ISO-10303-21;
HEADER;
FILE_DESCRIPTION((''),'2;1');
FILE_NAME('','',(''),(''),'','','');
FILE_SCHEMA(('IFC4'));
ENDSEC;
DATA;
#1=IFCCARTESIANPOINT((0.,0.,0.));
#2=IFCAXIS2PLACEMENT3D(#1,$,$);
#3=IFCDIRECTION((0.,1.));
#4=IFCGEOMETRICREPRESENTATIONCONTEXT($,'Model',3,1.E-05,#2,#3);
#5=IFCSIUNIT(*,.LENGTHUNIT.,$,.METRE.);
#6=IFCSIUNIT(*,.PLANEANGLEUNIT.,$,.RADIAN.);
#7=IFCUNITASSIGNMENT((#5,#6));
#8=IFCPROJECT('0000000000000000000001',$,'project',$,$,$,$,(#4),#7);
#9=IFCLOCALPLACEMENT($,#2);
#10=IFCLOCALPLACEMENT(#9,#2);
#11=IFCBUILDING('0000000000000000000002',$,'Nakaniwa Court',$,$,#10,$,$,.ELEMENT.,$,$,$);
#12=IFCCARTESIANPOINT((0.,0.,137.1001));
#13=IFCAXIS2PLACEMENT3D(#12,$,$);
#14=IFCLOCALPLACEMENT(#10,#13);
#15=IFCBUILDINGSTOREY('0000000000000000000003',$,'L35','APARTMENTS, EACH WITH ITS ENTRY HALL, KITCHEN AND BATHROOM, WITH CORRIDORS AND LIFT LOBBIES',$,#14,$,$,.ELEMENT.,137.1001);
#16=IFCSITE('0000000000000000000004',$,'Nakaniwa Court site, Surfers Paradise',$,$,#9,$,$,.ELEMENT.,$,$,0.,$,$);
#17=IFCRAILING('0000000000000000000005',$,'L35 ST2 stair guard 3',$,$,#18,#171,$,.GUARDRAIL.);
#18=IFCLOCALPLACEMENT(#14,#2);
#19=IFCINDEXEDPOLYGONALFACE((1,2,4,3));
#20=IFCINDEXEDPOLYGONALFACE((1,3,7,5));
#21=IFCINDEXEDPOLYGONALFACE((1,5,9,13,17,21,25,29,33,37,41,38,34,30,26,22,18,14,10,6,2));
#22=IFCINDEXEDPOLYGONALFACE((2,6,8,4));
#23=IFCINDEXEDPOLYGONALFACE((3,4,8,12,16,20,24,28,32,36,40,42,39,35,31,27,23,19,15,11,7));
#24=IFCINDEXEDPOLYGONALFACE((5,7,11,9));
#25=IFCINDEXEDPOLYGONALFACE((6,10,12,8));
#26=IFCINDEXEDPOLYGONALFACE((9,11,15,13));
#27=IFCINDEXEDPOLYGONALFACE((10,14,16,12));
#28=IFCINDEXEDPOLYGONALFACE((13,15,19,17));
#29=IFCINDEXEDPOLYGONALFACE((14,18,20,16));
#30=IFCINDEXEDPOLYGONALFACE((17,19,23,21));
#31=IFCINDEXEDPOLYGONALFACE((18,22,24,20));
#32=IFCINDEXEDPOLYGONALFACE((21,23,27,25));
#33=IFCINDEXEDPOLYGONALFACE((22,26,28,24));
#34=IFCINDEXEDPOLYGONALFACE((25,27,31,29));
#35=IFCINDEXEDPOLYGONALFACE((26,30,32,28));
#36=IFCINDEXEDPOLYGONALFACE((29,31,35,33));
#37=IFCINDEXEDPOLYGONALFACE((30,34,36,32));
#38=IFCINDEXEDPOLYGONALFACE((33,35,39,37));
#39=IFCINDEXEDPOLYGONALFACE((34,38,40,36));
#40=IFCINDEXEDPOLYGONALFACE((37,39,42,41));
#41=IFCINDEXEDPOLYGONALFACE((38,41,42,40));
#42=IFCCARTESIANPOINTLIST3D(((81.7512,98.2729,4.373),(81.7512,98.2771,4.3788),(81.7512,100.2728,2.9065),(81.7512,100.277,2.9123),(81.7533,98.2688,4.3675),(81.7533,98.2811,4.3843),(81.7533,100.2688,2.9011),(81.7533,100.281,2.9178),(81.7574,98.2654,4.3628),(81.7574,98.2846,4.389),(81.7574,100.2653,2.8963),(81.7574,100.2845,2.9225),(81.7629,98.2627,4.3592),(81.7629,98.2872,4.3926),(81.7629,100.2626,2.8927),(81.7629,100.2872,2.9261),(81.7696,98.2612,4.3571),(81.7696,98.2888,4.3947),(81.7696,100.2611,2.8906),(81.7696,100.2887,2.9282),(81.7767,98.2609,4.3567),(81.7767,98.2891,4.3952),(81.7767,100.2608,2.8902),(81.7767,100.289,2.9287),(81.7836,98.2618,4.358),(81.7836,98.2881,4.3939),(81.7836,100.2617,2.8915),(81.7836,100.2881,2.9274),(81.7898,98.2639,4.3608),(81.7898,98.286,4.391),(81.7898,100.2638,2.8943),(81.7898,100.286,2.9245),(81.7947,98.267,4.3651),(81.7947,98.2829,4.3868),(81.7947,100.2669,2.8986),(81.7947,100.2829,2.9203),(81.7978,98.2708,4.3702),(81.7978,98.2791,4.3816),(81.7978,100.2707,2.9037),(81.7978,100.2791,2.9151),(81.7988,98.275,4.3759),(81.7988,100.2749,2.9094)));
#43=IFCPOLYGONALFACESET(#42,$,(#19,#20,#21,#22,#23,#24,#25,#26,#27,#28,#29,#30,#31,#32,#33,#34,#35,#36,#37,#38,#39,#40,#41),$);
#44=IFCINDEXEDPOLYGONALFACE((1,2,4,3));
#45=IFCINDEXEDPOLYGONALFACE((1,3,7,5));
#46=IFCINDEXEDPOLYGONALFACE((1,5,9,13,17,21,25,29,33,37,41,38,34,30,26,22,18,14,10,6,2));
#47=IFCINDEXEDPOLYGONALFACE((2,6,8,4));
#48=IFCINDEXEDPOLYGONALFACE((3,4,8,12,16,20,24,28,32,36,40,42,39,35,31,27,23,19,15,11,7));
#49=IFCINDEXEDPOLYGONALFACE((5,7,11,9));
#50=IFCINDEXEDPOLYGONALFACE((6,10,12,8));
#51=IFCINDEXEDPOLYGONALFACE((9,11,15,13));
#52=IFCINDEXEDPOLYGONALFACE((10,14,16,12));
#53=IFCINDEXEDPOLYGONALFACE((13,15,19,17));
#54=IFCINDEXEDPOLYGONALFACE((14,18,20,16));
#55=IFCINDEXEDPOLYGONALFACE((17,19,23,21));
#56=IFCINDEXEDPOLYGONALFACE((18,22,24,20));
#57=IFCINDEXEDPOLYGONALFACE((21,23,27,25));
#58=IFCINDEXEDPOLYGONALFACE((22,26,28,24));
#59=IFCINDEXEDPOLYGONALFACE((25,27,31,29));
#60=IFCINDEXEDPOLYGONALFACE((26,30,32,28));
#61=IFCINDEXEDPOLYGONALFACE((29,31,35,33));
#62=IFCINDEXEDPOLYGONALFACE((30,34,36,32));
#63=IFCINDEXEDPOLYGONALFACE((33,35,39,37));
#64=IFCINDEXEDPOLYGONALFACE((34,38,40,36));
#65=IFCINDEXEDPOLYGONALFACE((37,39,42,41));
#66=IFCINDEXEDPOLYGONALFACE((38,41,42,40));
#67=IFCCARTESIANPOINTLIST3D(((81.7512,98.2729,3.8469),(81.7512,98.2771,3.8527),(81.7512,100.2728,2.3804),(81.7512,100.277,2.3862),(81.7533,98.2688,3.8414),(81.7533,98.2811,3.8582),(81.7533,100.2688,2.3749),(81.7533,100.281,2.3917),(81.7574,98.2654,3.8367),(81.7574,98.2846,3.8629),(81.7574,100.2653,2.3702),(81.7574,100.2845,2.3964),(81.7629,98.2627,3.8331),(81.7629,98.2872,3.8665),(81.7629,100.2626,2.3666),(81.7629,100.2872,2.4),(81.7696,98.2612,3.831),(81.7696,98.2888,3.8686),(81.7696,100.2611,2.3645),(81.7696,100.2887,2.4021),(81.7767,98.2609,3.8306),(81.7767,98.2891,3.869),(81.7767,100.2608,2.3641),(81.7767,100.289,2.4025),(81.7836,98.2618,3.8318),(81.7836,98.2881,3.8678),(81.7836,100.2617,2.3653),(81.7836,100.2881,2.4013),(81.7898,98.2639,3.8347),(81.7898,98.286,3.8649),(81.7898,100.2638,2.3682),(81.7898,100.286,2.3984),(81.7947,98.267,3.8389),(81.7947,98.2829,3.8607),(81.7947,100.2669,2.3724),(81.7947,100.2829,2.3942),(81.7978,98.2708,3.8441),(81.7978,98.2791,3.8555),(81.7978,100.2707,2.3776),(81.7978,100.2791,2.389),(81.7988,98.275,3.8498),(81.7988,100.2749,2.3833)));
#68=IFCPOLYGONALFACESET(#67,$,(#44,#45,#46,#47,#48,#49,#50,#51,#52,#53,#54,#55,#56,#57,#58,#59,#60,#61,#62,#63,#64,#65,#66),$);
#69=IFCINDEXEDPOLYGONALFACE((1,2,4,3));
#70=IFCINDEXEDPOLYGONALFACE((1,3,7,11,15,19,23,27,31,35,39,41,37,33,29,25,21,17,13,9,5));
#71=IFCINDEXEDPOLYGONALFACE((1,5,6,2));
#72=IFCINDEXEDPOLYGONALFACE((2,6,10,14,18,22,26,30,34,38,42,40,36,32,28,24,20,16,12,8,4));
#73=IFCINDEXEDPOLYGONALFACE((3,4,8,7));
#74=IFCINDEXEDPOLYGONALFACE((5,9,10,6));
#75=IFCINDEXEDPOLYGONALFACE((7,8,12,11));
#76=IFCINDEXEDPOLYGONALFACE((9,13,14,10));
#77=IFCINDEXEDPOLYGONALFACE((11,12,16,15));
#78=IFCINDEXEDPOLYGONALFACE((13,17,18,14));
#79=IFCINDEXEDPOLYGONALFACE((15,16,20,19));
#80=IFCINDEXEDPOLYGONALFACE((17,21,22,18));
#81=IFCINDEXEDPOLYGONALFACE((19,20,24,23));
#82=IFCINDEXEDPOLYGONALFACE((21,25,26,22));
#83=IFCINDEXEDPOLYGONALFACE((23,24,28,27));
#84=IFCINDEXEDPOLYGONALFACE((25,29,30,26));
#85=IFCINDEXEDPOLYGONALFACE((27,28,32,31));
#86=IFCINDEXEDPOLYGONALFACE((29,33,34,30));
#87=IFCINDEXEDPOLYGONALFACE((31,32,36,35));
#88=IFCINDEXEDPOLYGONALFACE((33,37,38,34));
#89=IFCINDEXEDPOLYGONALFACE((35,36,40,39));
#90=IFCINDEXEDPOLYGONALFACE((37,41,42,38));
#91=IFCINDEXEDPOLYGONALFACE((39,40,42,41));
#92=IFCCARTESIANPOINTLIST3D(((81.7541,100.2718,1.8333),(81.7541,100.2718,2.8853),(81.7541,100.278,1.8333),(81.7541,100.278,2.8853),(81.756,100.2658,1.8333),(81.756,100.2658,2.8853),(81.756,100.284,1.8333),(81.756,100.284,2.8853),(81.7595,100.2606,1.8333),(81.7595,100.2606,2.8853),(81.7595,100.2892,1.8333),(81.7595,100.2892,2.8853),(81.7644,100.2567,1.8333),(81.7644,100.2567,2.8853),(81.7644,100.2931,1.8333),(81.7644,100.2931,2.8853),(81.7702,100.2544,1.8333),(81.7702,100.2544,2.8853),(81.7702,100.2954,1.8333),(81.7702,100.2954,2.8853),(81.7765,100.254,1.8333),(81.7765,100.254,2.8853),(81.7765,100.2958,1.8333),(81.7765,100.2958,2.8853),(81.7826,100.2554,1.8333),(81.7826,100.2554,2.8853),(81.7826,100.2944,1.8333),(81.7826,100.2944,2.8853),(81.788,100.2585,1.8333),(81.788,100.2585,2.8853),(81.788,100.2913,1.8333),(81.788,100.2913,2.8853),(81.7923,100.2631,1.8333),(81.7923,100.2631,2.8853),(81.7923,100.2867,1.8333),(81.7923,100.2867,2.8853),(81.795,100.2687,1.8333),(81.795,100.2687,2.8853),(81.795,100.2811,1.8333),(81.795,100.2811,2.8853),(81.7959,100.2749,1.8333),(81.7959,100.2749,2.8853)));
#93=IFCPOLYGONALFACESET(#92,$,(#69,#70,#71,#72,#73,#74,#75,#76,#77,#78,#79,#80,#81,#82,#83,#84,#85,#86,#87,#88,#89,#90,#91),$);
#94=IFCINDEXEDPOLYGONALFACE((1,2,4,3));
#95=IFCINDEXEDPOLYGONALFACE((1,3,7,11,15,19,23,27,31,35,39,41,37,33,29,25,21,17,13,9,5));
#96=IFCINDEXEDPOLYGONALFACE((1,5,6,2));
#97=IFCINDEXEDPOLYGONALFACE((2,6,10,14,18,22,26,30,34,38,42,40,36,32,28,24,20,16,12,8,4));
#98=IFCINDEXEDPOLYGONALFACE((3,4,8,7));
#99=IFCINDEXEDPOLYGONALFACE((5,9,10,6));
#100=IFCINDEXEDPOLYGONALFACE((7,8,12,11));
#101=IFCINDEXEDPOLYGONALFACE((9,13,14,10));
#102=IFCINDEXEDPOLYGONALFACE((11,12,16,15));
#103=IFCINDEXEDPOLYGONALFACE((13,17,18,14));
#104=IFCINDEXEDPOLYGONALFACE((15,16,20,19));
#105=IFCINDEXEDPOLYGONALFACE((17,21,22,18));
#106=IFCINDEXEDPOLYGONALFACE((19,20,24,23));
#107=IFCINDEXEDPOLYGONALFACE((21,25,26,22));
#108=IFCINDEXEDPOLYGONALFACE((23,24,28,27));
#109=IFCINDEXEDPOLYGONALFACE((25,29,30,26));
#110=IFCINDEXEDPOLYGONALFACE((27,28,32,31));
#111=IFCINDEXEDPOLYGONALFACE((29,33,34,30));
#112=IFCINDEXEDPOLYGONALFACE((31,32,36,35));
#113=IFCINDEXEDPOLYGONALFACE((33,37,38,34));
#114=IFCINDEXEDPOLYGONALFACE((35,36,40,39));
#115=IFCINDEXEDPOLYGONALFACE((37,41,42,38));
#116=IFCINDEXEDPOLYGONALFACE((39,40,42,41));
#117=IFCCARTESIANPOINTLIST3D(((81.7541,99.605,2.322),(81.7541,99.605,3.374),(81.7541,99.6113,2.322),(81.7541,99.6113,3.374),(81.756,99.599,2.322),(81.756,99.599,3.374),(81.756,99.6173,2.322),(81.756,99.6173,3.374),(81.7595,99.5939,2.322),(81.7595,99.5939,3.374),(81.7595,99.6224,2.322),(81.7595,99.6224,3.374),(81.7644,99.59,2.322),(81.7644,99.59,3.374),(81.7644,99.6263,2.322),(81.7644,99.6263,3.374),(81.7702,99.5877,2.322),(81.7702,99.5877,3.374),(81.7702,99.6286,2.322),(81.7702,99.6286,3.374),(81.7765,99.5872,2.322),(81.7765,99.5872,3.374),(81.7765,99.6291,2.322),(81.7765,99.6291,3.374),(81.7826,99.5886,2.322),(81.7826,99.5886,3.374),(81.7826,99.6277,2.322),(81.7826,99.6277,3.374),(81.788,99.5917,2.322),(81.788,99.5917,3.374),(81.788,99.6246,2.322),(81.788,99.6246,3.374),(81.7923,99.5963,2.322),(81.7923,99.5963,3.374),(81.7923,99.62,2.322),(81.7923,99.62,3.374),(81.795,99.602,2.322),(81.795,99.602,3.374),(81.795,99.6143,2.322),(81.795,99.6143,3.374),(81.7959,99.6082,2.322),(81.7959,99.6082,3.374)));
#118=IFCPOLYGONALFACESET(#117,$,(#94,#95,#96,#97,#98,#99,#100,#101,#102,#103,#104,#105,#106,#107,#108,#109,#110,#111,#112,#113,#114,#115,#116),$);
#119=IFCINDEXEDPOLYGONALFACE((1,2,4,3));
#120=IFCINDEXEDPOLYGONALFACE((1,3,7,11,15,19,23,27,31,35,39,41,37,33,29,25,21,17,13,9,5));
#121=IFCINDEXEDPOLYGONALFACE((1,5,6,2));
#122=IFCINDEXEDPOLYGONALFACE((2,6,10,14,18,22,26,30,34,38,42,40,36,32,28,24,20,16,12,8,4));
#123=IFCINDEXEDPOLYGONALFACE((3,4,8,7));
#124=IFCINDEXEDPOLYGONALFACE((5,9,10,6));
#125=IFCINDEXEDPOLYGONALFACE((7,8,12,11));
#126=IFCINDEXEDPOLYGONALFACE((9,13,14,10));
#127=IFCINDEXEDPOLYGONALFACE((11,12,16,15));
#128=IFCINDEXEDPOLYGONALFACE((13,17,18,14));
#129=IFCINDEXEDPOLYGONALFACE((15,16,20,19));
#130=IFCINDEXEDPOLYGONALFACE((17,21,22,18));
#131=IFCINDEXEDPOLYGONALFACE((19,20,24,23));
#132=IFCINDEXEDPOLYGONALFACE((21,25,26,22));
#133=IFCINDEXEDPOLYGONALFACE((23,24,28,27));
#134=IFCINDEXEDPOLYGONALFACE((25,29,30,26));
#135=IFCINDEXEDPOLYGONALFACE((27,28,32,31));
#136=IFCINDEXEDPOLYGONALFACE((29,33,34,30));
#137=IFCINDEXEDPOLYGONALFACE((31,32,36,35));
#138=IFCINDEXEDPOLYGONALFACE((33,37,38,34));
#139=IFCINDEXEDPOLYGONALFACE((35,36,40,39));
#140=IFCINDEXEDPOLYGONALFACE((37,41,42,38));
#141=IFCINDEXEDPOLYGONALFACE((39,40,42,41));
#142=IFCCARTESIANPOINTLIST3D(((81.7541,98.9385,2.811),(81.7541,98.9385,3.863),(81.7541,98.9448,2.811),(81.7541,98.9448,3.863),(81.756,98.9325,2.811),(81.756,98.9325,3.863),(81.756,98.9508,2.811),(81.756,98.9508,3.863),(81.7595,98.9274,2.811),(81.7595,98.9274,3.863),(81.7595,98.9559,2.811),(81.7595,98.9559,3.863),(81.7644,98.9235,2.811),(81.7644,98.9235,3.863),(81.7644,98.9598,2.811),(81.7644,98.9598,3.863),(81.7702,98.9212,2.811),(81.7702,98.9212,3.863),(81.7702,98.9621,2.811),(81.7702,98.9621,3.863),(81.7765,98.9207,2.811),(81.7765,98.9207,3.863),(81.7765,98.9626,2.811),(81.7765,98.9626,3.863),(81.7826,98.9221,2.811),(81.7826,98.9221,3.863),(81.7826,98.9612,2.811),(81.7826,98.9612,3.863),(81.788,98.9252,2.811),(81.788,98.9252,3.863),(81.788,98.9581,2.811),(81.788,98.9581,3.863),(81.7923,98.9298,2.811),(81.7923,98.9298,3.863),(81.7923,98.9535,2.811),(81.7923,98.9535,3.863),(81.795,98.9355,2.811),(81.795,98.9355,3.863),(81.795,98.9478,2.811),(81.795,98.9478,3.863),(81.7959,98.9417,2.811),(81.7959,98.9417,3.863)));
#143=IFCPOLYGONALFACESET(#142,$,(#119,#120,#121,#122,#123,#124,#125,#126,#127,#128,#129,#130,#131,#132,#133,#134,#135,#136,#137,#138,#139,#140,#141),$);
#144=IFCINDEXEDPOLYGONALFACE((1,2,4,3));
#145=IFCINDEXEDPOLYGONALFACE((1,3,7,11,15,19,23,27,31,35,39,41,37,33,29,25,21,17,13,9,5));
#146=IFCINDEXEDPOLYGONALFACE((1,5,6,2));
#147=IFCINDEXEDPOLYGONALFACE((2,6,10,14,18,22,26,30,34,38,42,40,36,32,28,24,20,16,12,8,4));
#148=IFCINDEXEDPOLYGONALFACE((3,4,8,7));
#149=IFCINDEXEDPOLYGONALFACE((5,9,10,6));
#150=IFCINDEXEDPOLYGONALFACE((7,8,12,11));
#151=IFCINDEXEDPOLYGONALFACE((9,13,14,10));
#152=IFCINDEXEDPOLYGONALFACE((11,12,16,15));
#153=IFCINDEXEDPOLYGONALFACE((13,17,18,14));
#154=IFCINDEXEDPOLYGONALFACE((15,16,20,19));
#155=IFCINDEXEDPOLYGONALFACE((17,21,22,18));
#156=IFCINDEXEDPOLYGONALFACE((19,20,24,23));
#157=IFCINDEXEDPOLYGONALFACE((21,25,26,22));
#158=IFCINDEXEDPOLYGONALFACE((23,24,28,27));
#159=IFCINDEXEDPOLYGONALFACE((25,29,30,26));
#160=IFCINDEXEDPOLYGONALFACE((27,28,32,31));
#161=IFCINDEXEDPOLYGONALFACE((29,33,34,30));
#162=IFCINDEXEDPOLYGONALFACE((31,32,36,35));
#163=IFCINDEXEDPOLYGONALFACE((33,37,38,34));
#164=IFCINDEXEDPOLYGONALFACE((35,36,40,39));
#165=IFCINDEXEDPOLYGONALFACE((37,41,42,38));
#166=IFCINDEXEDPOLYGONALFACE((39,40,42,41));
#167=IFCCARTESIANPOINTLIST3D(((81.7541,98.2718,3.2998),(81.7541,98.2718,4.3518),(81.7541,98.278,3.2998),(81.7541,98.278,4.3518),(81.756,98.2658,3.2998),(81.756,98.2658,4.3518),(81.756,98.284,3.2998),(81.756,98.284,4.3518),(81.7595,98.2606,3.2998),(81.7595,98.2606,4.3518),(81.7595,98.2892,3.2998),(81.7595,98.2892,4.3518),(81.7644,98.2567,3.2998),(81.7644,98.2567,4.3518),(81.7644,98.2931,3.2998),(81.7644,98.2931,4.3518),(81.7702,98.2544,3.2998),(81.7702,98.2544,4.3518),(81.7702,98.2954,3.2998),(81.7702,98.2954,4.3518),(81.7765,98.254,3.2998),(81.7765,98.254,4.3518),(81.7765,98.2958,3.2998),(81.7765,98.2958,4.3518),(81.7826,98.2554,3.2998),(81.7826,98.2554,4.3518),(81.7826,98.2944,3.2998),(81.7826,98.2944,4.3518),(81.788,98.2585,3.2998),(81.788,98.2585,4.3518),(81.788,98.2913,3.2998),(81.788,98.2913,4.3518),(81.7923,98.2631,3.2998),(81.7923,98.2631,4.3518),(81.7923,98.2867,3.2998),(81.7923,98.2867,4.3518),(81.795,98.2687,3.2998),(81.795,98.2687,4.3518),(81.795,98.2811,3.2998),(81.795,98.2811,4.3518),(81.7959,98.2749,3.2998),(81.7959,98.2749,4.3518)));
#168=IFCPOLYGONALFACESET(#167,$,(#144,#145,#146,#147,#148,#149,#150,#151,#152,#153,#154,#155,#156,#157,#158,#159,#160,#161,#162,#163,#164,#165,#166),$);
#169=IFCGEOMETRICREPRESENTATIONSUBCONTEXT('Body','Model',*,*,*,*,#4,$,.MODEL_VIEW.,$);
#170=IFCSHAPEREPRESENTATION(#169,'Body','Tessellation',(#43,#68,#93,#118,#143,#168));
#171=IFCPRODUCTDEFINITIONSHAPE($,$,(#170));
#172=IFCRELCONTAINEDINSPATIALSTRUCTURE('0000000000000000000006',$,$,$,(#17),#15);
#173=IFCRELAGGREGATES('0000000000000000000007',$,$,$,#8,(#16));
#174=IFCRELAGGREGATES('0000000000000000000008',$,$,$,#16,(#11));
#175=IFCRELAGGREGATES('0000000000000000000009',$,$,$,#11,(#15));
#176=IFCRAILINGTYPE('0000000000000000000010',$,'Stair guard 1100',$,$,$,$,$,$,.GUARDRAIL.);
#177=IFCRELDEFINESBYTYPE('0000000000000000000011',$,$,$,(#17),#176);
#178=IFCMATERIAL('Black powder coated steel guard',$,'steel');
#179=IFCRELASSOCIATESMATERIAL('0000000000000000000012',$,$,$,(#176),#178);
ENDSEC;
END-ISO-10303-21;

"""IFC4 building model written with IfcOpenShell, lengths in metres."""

from ifc_helpers import new_model, si_unit, direction, frame, origin, origin_2d, place, context, subcontext, project, spatial, circle, extrude, material, type_object, element, save


model = new_model("IFC4")

# Units and contexts
model_context = context("Model", 3, precision=1e-05, world=origin(), true_north=direction((0.0, 1.0)))
body_context = subcontext(model_context, "Body", "Model", "MODEL_VIEW")
ifc_project = project(units=[si_unit("LENGTHUNIT", "METRE"), si_unit("PLANEANGLEUNIT", "RADIAN")], contexts=[model_context])

# Site, building, storey
site_placement = place(None, origin())
site = spatial("IfcSite", under=ifc_project, at=site_placement, Name="Nakaniwa Court site, Surfers Paradise", CompositionType="ELEMENT", RefElevation=0.0)
building_placement = place(site_placement, origin())
building = spatial("IfcBuilding", under=site, at=building_placement, Name="Nakaniwa Court", CompositionType="ELEMENT")
storey_placement = place(building_placement, frame((0.0, 0.0, 137.1001)))
storey = spatial("IfcBuildingStorey", under=building, at=storey_placement, Name="L35", Description="APARTMENTS, EACH WITH ITS ENTRY HALL, KITCHEN AND BATHROOM, WITH CORRIDORS AND LIFT LOBBIES", CompositionType="ELEMENT", Elevation=137.1001)

# Railing
ifc_material_1 = material(Name="Black powder coated steel guard", Category="steel")
railing_type_1 = type_object("IfcRailingType", Name="Stair guard 1100", PredefinedType="GUARDRAIL", material=ifc_material_1)
railing_1_placement = place(storey_placement, frame((81.7749, 100.2749, 1.8333)))
element("IfcRailing", 1, at=railing_1_placement, inside=storey, type_object=railing_type_1, Name="L35 ST2 stair guard 3", PredefinedType="GUARDRAIL", context=body_context, shape_type="SweptSolid", body=[
    extrude(circle(Radius=0.0239, at=origin_2d()), frame((0.0, 0.0, 1.0762), z_axis=(0.0, -0.806427, 0.591334), x_axis=(1.0, 0.0, 0.0)), (0.0, 0.0, 1.0), 2.48),
    extrude(circle(Radius=0.0239, at=origin_2d()), frame((0.0, 0.0, 0.55), z_axis=(0.0, -0.806427, 0.591334), x_axis=(1.0, 0.0, 0.0)), (0.0, 0.0, 1.0), 2.48),
    extrude(circle(Radius=0.021, at=origin_2d()), origin(), (0.0, 0.0, 1.0), 1.052),
    extrude(circle(Radius=0.021, at=origin_2d()), frame((0.0, -0.6667, 0.4888)), (0.0, 0.0, 1.0), 1.052),
    extrude(circle(Radius=0.021, at=origin_2d()), frame((0.0, -1.3333, 0.9778)), (0.0, 0.0, 1.0), 1.052),
    extrude(circle(Radius=0.021, at=origin_2d()), frame((0.0, -2.0, 1.4666)), (0.0, 0.0, 1.0), 1.052),
])

save(model, "model.ifc")
